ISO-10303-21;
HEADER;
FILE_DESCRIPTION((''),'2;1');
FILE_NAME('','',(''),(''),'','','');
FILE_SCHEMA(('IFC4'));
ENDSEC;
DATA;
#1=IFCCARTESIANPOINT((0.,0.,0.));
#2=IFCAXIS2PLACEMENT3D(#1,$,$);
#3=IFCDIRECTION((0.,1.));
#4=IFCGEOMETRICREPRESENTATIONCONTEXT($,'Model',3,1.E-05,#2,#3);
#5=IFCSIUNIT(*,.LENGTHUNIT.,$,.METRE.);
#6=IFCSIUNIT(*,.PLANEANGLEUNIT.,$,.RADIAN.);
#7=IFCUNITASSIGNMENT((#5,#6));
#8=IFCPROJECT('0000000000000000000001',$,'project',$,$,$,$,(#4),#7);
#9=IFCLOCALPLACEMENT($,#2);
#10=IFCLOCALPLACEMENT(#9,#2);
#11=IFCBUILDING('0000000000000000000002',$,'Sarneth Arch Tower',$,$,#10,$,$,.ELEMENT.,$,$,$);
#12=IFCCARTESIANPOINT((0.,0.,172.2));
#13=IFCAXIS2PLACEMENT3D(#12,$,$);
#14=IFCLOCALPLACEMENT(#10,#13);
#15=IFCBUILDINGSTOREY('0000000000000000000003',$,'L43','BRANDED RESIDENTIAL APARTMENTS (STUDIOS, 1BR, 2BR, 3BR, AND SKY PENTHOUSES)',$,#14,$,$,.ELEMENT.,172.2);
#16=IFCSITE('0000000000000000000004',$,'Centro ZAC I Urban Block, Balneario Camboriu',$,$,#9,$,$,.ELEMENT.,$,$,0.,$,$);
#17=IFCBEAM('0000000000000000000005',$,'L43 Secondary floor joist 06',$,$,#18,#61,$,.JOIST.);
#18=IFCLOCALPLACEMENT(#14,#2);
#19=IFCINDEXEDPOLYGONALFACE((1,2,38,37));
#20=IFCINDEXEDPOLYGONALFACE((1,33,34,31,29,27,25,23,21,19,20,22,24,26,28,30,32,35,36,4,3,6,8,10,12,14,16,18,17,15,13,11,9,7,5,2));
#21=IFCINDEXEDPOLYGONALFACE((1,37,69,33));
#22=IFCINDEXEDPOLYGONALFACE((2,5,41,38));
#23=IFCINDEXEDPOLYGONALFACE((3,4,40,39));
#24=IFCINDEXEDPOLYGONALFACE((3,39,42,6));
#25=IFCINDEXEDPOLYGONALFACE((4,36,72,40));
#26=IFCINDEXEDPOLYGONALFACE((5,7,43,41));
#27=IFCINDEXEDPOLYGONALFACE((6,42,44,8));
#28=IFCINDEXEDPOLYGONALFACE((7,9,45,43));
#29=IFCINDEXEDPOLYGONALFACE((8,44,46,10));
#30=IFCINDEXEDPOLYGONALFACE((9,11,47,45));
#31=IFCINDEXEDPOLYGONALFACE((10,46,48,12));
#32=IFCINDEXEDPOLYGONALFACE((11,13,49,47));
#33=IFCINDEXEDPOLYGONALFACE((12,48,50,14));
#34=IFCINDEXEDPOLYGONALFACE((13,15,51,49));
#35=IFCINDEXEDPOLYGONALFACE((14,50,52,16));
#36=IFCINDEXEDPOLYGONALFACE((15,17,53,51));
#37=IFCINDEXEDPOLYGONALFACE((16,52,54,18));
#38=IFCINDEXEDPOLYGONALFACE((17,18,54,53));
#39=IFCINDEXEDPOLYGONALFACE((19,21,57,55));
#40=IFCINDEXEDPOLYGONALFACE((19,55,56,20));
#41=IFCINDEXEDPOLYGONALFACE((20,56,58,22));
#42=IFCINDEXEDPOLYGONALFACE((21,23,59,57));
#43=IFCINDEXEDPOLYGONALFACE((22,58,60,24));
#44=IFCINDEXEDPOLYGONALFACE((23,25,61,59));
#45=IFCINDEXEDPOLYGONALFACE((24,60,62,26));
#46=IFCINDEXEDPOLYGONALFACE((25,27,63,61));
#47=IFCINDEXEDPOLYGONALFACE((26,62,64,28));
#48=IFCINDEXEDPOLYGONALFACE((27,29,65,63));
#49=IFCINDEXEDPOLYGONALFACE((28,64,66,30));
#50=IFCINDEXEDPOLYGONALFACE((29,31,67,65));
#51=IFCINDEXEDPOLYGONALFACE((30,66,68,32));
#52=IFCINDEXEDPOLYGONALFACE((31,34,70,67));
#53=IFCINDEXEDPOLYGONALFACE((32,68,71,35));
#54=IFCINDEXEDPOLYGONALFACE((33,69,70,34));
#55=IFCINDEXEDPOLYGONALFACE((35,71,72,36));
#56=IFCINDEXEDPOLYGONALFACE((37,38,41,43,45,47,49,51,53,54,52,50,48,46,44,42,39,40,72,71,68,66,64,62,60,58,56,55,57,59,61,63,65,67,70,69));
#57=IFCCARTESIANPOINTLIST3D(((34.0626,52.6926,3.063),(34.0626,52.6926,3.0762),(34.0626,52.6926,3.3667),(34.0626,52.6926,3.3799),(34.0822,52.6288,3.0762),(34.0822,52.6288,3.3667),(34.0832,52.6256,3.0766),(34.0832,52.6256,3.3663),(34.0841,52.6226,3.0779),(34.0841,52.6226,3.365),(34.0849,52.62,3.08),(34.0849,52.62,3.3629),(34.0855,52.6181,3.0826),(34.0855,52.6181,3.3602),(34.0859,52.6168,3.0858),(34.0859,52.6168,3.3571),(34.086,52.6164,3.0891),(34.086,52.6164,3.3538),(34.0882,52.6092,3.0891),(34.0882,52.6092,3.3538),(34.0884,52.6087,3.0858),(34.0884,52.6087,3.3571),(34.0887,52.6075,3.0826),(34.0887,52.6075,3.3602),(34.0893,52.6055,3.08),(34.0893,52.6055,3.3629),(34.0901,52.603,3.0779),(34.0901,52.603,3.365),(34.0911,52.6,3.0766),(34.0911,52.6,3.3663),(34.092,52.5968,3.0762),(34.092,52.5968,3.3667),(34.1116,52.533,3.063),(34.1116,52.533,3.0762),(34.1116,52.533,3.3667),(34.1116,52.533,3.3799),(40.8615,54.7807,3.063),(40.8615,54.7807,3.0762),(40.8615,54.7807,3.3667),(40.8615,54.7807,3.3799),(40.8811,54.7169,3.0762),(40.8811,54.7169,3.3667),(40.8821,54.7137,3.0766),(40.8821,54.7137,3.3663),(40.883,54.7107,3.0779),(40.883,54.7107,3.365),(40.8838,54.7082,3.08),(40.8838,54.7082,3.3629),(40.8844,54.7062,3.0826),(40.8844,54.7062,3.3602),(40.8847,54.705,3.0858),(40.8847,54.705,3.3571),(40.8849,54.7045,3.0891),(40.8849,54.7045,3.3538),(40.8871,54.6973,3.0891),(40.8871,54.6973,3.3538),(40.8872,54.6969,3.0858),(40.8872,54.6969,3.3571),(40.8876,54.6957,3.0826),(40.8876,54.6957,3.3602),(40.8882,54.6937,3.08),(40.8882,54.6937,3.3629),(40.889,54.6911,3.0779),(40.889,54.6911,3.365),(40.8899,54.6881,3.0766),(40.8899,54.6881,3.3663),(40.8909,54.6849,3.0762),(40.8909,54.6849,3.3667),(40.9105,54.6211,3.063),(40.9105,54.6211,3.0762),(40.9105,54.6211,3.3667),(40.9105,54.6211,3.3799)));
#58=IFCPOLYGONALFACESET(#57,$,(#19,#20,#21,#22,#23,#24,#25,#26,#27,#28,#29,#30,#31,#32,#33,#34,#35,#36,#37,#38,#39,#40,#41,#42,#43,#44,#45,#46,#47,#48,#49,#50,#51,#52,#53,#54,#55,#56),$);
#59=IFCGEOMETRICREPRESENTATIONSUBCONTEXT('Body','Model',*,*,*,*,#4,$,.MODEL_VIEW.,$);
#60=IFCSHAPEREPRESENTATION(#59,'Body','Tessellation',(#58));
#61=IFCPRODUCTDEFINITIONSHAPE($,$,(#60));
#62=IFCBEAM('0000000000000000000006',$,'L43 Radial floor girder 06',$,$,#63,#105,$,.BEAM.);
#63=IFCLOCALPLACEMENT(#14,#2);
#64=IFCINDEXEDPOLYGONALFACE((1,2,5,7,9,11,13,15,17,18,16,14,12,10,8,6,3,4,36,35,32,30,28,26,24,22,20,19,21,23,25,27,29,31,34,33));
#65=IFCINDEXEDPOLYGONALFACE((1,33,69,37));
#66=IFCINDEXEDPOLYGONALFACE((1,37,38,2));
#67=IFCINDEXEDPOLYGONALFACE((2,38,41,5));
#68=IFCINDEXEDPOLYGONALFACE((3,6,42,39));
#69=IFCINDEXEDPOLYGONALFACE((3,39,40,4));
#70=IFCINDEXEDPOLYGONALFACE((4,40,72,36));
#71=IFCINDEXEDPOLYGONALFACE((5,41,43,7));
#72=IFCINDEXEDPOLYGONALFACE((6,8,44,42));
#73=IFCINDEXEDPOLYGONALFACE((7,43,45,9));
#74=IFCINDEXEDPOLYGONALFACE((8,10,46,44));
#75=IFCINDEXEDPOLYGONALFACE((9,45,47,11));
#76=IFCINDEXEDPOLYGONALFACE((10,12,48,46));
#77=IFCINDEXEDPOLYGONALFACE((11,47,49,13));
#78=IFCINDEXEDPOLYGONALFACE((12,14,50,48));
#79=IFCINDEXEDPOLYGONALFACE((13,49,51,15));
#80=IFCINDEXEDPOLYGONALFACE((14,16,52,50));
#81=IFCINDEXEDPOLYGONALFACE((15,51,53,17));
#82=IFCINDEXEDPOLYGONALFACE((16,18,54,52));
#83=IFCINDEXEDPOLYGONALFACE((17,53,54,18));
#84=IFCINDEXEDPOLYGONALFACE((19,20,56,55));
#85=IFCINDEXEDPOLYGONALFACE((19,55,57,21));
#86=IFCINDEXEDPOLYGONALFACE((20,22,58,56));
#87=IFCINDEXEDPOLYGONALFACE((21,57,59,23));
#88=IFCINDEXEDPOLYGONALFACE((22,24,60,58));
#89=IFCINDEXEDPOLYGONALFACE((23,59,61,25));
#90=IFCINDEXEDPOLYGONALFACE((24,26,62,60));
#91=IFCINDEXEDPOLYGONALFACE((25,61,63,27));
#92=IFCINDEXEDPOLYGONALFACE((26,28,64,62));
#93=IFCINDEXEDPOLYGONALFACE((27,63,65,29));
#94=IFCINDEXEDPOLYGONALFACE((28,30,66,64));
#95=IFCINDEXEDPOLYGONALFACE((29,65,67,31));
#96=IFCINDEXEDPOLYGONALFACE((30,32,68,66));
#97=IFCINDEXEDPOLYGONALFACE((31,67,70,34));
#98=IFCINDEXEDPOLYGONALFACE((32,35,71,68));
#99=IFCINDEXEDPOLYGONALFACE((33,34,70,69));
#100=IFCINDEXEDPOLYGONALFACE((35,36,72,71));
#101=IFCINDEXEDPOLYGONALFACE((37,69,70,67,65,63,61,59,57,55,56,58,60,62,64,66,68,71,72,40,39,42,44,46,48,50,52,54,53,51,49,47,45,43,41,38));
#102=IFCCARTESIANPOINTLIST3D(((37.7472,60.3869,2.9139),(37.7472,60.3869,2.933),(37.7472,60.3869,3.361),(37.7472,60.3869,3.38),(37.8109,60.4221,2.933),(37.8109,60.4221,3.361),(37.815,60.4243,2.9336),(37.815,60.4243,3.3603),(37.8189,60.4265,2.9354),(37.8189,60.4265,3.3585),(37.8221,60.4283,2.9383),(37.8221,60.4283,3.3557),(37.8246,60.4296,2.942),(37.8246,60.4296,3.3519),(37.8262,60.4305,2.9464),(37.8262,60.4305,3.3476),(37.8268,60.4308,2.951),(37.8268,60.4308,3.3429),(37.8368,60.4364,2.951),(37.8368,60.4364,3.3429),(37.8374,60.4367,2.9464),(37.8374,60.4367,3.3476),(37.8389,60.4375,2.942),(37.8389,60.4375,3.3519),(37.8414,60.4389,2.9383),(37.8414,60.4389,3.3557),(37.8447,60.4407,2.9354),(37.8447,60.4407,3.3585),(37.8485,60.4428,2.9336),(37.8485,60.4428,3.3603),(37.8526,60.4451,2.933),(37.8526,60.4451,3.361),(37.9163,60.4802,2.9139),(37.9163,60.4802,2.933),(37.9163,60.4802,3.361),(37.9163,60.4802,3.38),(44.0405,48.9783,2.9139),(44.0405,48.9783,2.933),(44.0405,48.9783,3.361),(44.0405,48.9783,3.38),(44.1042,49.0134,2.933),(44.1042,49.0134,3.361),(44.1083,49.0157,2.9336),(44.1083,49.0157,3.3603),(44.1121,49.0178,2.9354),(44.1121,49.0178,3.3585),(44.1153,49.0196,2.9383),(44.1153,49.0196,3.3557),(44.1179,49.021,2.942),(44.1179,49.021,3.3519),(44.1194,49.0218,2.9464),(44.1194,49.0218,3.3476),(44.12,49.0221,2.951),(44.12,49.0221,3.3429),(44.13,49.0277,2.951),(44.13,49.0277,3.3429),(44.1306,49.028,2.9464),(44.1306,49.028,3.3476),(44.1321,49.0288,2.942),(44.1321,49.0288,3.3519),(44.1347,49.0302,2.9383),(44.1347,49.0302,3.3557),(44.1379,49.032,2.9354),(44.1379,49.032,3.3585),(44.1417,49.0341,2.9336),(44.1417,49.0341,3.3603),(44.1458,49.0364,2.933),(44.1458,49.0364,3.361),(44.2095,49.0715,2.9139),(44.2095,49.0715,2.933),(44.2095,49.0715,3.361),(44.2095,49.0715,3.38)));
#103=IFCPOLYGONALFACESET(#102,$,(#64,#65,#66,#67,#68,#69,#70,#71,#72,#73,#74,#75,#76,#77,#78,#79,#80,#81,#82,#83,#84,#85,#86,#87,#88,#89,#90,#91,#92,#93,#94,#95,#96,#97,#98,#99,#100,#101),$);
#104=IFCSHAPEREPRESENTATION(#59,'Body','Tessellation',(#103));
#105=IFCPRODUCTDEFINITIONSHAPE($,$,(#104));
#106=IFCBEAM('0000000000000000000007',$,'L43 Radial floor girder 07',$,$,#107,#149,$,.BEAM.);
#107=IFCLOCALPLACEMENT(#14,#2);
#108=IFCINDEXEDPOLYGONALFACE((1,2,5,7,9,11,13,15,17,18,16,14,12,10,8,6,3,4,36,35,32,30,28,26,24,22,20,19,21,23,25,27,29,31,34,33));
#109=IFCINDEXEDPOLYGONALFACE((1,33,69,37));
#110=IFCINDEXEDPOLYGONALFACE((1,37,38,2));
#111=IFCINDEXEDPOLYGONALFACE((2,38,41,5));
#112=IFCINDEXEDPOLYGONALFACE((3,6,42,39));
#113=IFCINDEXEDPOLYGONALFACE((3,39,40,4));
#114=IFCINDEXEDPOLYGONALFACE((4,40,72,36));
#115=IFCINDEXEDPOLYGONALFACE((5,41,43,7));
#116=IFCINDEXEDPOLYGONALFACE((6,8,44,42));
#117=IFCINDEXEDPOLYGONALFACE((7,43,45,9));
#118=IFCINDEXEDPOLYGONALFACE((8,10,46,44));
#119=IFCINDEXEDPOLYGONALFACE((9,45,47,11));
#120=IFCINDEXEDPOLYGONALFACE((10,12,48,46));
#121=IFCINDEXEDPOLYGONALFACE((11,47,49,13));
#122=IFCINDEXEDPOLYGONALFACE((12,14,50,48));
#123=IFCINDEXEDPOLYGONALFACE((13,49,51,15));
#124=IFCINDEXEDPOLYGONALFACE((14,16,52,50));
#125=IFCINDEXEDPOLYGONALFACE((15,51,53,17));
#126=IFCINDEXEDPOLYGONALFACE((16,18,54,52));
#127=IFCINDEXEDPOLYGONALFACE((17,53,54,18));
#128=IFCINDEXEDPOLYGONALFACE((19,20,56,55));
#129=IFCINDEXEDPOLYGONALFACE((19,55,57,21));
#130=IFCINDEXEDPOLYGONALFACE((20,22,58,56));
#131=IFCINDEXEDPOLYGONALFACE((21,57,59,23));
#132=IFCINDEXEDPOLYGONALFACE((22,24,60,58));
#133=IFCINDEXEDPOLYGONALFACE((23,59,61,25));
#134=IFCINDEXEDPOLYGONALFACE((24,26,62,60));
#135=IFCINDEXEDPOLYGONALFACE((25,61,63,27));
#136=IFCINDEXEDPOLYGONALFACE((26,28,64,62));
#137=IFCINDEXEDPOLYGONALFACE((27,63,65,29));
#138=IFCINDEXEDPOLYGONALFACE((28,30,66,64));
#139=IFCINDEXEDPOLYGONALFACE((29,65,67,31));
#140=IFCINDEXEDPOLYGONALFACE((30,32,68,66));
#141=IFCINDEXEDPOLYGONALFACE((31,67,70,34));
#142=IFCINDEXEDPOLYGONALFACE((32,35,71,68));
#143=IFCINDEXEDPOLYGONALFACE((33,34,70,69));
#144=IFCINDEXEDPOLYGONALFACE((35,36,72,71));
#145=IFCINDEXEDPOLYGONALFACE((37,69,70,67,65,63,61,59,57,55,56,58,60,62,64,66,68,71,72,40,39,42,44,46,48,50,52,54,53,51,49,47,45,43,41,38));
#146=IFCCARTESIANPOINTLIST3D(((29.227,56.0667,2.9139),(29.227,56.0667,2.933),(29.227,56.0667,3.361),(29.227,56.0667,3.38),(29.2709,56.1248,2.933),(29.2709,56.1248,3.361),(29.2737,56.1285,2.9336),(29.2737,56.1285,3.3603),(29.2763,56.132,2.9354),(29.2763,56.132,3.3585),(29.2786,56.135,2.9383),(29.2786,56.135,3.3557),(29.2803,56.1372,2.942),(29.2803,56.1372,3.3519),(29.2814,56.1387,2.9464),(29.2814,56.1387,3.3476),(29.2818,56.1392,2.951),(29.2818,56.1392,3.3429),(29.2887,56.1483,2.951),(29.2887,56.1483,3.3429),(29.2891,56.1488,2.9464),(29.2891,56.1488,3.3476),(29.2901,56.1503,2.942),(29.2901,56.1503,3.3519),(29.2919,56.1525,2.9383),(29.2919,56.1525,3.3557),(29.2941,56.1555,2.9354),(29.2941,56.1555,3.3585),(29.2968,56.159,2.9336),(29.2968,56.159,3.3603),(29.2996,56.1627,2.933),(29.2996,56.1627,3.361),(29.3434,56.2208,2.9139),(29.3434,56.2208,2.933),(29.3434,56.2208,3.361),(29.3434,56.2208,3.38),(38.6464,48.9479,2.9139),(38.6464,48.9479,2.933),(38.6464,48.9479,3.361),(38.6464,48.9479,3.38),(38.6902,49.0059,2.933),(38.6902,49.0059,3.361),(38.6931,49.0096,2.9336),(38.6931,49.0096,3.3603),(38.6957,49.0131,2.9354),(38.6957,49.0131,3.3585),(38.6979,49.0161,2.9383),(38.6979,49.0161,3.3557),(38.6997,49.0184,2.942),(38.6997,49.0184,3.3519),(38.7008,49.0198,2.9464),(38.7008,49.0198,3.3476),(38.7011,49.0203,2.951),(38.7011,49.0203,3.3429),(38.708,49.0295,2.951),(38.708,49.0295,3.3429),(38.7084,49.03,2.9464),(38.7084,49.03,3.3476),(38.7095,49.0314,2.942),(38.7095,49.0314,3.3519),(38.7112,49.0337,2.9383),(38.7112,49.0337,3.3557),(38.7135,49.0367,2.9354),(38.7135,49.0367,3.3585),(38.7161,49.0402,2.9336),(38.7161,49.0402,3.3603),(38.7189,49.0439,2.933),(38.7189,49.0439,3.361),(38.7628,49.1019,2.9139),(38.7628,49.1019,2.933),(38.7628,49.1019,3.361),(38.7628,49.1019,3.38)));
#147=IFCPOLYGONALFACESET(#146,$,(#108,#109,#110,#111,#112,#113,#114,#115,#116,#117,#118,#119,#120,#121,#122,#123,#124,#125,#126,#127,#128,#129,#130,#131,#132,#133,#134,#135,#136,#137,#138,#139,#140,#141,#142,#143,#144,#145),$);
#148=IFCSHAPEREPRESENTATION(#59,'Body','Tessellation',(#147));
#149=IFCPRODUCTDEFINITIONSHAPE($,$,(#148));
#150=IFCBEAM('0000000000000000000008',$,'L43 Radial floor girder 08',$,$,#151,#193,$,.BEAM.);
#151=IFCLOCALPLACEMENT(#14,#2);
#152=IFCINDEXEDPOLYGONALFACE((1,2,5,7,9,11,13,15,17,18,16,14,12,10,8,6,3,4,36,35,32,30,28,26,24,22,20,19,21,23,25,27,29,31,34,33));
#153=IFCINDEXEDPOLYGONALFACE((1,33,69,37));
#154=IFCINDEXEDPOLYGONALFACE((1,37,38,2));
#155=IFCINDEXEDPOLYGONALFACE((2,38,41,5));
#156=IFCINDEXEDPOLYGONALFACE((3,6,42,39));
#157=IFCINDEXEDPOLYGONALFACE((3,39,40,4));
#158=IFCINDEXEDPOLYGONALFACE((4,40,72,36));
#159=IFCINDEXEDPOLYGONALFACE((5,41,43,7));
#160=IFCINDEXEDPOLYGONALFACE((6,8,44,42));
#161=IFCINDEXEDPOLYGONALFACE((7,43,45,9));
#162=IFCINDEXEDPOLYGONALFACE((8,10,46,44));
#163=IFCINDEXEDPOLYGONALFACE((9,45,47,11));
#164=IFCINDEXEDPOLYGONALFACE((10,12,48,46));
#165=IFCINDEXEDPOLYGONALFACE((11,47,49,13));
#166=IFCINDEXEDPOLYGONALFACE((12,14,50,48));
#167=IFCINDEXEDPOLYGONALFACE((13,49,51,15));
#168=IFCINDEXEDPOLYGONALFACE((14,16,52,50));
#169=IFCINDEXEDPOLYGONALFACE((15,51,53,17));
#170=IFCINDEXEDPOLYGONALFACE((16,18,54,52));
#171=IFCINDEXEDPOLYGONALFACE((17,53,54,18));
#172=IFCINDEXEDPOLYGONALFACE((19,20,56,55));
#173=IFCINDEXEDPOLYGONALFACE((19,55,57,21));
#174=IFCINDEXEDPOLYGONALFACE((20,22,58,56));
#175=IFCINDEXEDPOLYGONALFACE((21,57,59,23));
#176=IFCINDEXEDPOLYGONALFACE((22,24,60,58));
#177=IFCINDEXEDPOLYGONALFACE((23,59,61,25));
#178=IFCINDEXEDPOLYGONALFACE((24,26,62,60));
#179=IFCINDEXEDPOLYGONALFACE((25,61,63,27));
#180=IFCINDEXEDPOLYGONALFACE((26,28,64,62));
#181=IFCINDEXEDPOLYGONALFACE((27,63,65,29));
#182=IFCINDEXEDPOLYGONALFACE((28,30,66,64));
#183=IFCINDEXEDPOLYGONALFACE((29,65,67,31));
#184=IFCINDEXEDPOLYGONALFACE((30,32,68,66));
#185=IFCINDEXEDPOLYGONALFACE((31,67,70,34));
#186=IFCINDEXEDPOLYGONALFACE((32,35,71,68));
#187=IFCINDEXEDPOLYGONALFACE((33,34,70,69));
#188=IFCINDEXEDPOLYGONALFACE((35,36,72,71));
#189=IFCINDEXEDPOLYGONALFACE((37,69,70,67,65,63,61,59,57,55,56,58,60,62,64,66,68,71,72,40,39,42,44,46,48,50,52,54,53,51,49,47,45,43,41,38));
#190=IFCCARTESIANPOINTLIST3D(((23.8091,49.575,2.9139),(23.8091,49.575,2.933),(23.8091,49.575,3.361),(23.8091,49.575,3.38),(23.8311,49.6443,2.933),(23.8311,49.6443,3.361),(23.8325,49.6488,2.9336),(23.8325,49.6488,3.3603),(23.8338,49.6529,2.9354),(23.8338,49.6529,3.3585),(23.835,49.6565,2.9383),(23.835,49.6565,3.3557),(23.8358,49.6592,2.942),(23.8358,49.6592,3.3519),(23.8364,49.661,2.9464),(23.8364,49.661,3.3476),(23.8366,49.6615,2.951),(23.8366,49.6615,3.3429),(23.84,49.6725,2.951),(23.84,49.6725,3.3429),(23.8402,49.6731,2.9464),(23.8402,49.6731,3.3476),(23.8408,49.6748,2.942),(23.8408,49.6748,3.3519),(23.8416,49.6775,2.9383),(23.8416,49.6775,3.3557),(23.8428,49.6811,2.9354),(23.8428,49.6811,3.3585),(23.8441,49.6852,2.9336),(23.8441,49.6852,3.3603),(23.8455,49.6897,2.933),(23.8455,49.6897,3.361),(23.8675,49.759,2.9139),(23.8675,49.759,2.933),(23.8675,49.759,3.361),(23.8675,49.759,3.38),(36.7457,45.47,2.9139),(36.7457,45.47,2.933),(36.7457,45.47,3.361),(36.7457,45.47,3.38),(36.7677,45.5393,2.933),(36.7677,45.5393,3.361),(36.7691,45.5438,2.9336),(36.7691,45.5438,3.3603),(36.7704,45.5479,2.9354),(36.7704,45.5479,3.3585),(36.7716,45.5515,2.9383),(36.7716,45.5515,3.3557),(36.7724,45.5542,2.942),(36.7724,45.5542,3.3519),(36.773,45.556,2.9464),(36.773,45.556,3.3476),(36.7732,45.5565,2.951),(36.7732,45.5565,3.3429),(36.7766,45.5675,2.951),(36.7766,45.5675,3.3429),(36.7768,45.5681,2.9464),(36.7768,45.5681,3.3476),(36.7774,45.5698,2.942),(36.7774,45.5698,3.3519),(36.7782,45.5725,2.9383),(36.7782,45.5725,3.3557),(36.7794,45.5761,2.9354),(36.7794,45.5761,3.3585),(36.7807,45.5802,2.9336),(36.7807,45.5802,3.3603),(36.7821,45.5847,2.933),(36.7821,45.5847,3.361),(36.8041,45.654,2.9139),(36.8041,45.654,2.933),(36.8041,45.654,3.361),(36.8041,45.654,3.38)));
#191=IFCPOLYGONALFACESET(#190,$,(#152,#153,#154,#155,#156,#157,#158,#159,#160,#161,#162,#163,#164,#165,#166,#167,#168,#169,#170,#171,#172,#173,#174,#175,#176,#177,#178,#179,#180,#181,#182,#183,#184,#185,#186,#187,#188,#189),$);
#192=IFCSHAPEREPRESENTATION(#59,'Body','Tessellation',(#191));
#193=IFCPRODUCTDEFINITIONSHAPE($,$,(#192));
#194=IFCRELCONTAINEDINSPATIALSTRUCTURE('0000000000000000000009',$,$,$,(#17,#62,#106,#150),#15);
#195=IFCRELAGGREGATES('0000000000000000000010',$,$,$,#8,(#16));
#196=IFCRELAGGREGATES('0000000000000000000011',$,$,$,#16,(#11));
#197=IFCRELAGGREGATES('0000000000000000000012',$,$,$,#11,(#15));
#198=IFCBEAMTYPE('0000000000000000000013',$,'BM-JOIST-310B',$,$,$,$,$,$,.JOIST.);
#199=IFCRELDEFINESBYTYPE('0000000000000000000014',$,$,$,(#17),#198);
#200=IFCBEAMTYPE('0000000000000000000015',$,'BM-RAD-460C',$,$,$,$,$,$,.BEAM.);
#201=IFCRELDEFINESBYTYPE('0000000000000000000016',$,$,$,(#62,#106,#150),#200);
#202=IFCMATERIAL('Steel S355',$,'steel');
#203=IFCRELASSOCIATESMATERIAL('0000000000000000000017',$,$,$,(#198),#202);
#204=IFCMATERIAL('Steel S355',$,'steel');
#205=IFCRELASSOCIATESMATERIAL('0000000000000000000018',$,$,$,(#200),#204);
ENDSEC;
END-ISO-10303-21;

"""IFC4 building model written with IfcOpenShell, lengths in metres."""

from ifc_helpers import new_model, si_unit, direction, frame, origin, origin_2d, place, context, subcontext, project, spatial, i_section, extrude, material, material_profile, profile_set, type_object, element, save


model = new_model("IFC4")

# Units and contexts
model_context = context("Model", 3, precision=1e-05, world=origin(), true_north=direction((0.0, 1.0)))
body_context = subcontext(model_context, "Body", "Model", "MODEL_VIEW")
ifc_project = project(units=[si_unit("LENGTHUNIT", "METRE"), si_unit("PLANEANGLEUNIT", "RADIAN")], contexts=[model_context])

# Site, building, storey
site_placement = place(None, origin())
site = spatial("IfcSite", under=ifc_project, at=site_placement, Name="Centro ZAC I Urban Block, Balneario Camboriu", CompositionType="ELEMENT", RefElevation=0.0)
building_placement = place(site_placement, origin())
building = spatial("IfcBuilding", under=site, at=building_placement, Name="Sarneth Arch Tower", CompositionType="ELEMENT")
storey_placement = place(building_placement, frame((0.0, 0.0, 172.2)))
storey = spatial("IfcBuildingStorey", under=building, at=storey_placement, Name="L43", Description="BRANDED RESIDENTIAL APARTMENTS (STUDIOS, 1BR, 2BR, 3BR, AND SKY PENTHOUSES)", CompositionType="ELEMENT", Elevation=172.2)

# Beams
ifc_material_1 = material(Name="Steel S355", Category="steel")
ifc_material_profile_1 = material_profile(ifc_material_1, i_section(OverallWidth=0.167, OverallDepth=0.3169, WebThickness=0.0076, FlangeThickness=0.0132, FilletRadius=0.0129, at=origin_2d()), Name="W310x52")
ifc_profile_set_1 = profile_set([ifc_material_profile_1], Name="Steel S355")
beam_type_1 = type_object("IfcBeamType", Name="BM-JOIST-310B", PredefinedType="JOIST", material=ifc_profile_set_1)
beam_1_placement = place(storey_placement, frame((40.886, 54.7009, 3.2214), z_axis=(-0.95593, -0.293596, 0.0), x_axis=(0.293596, -0.95593, 0.0)))
element("IfcBeam", 1, at=beam_1_placement, inside=storey, type_object=beam_type_1, Name="L43 Secondary floor joist 06", PredefinedType="JOIST", context=body_context, shape_type="SweptSolid", body=[
    extrude(i_section(OverallWidth=0.167, OverallDepth=0.3169, WebThickness=0.0076, FlangeThickness=0.0132, FilletRadius=0.0129, at=origin_2d()), origin(), (0.0, 0.0, 1.0), 7.1123),
])
ifc_material_2 = material(Name="Steel S355", Category="steel")
ifc_material_profile_2 = material_profile(ifc_material_2, i_section(OverallWidth=0.1931, OverallDepth=0.4661, WebThickness=0.0115, FlangeThickness=0.019, FilletRadius=0.0181, at=origin_2d()), Name="W460x97")
ifc_profile_set_2 = profile_set([ifc_material_profile_2], Name="Steel S355")
beam_type_2 = type_object("IfcBeamType", Name="BM-RAD-460C", PredefinedType="BEAM", material=ifc_profile_set_2)
beam_2_placement = place(storey_placement, frame((44.125, 49.0249, 3.147), z_axis=(-0.483005, 0.875618, 0.0), x_axis=(-0.875618, -0.483005, 0.0)))
element("IfcBeam", 2, at=beam_2_placement, inside=storey, type_object=beam_type_2, Name="L43 Radial floor girder 06", PredefinedType="BEAM", context=body_context, shape_type="SweptSolid", body=[
    extrude(i_section(OverallWidth=0.1931, OverallDepth=0.4661, WebThickness=0.0115, FlangeThickness=0.019, FilletRadius=0.0181, at=origin_2d()), origin(), (0.0, 0.0, 1.0), 13.0293),
])
beam_3_placement = place(storey_placement, frame((38.7046, 49.0249, 3.147), z_axis=(-0.797786, 0.60294, 0.0), x_axis=(-0.60294, -0.797786, 0.0)))
element("IfcBeam", 3, at=beam_3_placement, inside=storey, type_object=beam_type_2, Name="L43 Radial floor girder 07", PredefinedType="BEAM", context=body_context, shape_type="SweptSolid", body=[
    extrude(i_section(OverallWidth=0.1931, OverallDepth=0.4661, WebThickness=0.0115, FlangeThickness=0.019, FilletRadius=0.0181, at=origin_2d()), origin(), (0.0, 0.0, 1.0), 11.8069),
])
beam_4_placement = place(storey_placement, frame((36.7749, 45.562, 3.147), z_axis=(-0.953164, 0.302455, 0.0), x_axis=(-0.302455, -0.953164, 0.0)))
element("IfcBeam", 4, at=beam_4_placement, inside=storey, type_object=beam_type_2, Name="L43 Radial floor girder 08", PredefinedType="BEAM", context=body_context, shape_type="SweptSolid", body=[
    extrude(i_section(OverallWidth=0.1931, OverallDepth=0.4661, WebThickness=0.0115, FlangeThickness=0.019, FilletRadius=0.0181, at=origin_2d()), origin(), (0.0, 0.0, 1.0), 13.5723),
])

save(model, "model.ifc")
